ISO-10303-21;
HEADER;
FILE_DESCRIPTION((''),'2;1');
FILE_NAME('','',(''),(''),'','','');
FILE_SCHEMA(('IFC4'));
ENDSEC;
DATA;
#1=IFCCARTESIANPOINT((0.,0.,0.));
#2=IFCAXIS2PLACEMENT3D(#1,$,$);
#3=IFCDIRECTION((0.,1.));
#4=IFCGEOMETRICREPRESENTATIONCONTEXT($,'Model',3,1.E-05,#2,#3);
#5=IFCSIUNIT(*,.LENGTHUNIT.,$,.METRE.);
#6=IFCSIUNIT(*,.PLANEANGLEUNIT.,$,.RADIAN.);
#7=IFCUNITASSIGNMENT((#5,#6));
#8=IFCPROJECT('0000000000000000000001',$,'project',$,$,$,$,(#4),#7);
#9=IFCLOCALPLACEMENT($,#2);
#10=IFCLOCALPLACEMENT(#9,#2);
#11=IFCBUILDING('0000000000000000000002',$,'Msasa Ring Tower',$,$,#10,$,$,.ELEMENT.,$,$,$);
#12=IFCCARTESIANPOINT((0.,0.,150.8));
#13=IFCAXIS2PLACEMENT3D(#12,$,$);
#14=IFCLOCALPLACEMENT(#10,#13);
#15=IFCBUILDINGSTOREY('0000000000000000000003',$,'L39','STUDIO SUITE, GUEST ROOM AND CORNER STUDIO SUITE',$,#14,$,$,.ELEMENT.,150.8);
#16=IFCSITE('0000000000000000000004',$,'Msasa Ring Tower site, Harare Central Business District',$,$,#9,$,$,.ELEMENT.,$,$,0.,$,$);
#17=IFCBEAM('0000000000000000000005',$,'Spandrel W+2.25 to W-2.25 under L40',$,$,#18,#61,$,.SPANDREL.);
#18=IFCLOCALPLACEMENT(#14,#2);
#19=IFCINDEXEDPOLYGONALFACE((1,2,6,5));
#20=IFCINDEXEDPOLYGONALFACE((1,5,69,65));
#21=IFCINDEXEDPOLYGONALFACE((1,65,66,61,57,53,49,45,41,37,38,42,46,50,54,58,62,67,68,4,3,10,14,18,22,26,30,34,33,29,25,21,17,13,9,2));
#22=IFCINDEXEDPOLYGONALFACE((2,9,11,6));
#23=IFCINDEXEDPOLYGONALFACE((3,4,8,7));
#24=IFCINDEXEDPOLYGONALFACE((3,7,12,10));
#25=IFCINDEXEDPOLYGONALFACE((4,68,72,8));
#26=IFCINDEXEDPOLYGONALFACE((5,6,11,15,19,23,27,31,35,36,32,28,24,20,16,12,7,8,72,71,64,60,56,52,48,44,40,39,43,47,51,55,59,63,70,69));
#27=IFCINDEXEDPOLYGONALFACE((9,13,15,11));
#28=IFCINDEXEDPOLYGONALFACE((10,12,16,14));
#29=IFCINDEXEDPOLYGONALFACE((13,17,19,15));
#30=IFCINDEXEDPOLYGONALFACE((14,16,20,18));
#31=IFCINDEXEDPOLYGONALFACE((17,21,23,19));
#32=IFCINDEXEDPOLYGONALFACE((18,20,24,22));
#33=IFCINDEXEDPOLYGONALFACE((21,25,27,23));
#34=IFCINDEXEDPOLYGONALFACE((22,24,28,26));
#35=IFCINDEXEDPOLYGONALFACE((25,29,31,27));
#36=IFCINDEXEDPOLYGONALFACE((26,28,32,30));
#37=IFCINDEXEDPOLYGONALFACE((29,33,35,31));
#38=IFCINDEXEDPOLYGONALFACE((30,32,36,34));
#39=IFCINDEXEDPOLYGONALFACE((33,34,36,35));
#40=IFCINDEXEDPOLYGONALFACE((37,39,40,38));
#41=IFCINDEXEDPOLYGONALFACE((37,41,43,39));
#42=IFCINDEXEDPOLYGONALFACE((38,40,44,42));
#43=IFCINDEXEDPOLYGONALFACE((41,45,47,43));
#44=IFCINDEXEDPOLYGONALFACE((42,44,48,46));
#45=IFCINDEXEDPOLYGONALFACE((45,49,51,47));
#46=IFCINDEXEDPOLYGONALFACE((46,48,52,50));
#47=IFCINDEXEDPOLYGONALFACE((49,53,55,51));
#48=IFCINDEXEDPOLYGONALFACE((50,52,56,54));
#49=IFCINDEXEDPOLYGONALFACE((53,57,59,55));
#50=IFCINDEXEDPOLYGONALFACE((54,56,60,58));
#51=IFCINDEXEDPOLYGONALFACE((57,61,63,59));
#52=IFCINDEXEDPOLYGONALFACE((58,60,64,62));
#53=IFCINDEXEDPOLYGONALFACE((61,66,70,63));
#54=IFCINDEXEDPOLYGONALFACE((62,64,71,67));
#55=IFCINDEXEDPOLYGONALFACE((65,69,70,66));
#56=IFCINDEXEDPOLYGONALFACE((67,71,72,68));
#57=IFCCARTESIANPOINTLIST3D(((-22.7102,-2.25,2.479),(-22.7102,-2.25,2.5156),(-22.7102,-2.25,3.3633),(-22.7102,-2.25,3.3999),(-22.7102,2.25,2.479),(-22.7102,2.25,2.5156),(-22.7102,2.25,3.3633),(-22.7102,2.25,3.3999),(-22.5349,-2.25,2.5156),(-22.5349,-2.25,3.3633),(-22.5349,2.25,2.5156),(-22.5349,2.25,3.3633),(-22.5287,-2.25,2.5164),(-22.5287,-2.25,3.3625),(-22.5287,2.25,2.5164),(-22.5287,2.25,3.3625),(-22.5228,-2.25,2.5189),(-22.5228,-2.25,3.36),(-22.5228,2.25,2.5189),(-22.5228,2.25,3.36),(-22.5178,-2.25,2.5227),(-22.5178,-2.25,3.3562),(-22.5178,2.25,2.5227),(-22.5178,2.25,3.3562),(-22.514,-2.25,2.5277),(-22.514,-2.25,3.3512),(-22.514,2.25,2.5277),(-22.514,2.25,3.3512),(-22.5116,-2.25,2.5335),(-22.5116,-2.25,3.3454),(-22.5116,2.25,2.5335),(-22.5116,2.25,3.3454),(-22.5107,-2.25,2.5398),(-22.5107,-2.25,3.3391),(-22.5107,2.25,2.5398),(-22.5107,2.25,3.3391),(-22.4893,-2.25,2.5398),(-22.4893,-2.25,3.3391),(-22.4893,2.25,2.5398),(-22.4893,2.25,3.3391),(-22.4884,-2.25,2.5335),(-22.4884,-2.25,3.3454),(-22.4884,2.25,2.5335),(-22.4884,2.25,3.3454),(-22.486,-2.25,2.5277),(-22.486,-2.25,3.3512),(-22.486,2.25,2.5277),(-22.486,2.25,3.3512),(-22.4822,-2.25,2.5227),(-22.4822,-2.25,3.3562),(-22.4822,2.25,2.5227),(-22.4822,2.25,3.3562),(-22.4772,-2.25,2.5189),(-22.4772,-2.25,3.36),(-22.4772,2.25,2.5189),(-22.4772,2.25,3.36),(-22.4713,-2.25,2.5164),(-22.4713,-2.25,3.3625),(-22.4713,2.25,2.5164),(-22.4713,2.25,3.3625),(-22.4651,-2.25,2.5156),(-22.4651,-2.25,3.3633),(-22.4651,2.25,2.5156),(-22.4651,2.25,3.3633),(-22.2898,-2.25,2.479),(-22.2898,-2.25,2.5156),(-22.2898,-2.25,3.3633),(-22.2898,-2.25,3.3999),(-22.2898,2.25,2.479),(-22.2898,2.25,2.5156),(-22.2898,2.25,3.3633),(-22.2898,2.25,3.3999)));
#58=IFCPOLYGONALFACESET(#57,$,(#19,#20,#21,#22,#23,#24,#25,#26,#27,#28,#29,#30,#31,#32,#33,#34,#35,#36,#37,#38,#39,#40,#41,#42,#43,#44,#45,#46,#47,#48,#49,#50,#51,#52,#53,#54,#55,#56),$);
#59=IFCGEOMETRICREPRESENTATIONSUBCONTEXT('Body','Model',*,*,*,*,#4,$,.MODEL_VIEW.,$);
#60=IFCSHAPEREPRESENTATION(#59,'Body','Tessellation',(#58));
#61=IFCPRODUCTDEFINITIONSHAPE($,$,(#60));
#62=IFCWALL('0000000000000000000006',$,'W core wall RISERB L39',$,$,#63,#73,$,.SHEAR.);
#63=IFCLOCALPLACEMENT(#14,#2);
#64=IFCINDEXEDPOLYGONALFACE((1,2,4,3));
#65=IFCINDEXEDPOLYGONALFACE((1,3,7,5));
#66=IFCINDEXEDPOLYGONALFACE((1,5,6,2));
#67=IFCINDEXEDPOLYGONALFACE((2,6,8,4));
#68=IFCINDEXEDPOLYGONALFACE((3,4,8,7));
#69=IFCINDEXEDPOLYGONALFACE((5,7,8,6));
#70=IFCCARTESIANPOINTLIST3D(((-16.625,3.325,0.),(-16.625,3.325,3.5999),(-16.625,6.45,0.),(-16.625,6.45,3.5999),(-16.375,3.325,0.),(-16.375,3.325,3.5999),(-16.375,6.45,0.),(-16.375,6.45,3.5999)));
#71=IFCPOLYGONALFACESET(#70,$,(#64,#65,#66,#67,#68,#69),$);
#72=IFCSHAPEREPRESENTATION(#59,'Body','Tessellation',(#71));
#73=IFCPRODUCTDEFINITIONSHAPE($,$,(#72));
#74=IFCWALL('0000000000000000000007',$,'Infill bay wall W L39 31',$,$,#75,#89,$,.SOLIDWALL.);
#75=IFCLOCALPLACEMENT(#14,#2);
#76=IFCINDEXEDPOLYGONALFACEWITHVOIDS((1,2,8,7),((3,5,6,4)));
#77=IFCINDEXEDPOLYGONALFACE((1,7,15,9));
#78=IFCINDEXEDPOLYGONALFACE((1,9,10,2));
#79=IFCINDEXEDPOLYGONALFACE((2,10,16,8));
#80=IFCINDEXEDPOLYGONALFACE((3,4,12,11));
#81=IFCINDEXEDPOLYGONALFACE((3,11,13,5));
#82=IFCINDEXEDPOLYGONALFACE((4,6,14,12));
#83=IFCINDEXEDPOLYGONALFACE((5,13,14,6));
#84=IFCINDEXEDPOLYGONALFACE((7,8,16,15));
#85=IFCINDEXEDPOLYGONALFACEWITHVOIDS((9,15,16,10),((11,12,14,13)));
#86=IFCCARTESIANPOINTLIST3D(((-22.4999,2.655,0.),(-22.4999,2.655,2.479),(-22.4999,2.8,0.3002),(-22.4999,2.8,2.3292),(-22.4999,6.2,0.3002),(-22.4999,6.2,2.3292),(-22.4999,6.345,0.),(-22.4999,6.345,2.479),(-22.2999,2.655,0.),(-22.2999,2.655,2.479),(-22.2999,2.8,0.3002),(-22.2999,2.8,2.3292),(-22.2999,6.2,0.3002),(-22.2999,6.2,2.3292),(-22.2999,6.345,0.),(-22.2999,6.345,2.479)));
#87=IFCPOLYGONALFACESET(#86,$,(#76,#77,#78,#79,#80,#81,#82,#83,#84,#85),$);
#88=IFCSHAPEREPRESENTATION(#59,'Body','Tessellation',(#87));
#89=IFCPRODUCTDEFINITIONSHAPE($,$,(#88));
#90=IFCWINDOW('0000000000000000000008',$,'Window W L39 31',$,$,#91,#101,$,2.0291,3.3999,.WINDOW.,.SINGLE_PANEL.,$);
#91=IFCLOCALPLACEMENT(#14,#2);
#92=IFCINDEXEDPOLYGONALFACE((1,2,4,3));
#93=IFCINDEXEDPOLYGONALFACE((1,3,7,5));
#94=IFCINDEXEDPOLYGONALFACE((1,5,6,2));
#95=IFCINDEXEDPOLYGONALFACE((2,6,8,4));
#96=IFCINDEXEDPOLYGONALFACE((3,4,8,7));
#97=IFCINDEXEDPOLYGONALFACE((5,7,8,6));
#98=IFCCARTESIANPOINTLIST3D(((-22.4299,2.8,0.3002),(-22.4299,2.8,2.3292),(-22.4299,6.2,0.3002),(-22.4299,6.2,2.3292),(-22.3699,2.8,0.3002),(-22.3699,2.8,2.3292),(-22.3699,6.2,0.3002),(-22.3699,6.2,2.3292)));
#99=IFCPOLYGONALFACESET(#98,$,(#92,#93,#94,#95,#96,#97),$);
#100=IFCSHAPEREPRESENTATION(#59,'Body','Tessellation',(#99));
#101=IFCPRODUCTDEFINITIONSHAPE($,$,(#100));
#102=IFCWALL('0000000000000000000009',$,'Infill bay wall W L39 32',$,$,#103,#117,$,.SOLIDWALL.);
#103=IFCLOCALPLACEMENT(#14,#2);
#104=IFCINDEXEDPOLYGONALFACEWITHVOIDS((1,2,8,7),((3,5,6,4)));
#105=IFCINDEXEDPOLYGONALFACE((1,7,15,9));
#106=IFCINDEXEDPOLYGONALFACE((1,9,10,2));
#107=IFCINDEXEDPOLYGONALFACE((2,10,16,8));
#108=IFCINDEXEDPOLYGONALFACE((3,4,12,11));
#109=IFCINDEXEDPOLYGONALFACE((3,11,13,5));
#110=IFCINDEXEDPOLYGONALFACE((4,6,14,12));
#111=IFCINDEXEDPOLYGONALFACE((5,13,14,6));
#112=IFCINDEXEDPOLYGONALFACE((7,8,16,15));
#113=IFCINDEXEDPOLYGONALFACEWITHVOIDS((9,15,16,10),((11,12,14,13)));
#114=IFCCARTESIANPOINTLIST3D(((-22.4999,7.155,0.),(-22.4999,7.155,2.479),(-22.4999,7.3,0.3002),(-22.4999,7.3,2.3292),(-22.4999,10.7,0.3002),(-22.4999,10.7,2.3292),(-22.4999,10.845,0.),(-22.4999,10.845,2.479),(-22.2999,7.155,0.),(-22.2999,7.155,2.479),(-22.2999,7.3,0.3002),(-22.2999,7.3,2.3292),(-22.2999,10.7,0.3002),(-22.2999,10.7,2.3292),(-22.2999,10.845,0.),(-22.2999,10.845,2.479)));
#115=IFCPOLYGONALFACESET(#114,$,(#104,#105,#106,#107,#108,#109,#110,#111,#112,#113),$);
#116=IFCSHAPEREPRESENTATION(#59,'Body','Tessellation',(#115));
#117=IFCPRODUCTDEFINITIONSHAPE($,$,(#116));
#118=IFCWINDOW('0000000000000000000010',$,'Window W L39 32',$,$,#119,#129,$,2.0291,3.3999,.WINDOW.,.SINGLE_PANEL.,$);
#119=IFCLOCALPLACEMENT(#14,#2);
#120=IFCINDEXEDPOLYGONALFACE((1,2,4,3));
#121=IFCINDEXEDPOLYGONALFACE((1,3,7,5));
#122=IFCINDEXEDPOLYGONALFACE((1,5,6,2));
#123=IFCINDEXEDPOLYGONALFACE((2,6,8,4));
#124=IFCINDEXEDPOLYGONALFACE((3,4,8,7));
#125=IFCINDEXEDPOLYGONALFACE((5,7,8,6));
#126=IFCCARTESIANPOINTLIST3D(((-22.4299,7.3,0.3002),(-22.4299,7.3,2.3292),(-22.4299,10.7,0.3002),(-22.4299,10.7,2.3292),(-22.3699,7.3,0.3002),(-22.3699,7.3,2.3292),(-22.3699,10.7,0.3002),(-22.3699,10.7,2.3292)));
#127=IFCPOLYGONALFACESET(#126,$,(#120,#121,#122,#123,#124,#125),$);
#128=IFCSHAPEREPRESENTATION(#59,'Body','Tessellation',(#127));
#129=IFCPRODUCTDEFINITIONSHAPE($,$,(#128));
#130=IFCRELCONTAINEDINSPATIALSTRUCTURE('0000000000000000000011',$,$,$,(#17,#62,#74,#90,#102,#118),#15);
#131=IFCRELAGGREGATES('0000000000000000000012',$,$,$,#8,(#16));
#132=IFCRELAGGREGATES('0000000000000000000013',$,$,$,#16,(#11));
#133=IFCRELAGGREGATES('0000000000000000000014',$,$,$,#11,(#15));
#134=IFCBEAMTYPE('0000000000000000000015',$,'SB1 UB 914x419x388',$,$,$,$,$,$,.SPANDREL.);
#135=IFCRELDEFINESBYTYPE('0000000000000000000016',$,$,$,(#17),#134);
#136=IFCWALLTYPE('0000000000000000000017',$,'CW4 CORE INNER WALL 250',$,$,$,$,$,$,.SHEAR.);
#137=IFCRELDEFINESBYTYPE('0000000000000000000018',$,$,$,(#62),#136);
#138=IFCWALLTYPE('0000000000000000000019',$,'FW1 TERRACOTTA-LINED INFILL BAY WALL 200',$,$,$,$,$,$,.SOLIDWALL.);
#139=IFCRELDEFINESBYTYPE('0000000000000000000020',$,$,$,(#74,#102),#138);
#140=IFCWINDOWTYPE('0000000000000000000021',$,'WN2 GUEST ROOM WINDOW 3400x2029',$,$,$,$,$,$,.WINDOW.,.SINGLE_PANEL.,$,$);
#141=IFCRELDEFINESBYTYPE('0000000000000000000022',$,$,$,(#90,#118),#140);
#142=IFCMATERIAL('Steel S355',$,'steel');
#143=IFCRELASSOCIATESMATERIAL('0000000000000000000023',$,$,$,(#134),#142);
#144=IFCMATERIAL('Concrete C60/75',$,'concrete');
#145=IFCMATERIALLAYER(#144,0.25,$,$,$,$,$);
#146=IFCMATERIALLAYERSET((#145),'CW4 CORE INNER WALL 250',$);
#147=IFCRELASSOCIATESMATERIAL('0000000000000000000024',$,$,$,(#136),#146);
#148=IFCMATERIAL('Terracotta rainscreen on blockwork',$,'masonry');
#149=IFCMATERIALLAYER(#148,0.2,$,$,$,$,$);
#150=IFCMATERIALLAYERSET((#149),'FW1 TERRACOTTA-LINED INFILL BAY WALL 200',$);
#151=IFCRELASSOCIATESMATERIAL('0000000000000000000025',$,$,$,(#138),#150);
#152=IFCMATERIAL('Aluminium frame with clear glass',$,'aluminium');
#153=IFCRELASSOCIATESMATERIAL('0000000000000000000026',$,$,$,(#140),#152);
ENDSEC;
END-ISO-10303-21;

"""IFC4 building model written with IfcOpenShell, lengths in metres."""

from ifc_helpers import new_model, si_unit, direction, frame, frame_2d, origin, origin_2d, place, context, subcontext, project, spatial, rectangle, i_section, extrude, material, layer, layer_set, material_profile, profile_set, type_object, element, fill, save


model = new_model("IFC4")

# Units and contexts
model_context = context("Model", 3, precision=1e-05, world=origin(), true_north=direction((0.0, 1.0)))
body_context = subcontext(model_context, "Body", "Model", "MODEL_VIEW")
ifc_project = project(units=[si_unit("LENGTHUNIT", "METRE"), si_unit("PLANEANGLEUNIT", "RADIAN")], contexts=[model_context])

# Site, building, storey
site_placement = place(None, origin())
site = spatial("IfcSite", under=ifc_project, at=site_placement, Name="Msasa Ring Tower site, Harare Central Business District", CompositionType="ELEMENT", RefElevation=0.0)
building_placement = place(site_placement, origin())
building = spatial("IfcBuilding", under=site, at=building_placement, Name="Msasa Ring Tower", CompositionType="ELEMENT")
storey_placement = place(building_placement, frame((0.0, 0.0, 150.8)))
storey = spatial("IfcBuildingStorey", under=building, at=storey_placement, Name="L39", Description="STUDIO SUITE, GUEST ROOM AND CORNER STUDIO SUITE", CompositionType="ELEMENT", Elevation=150.8)

# Beam
ifc_material_1 = material(Name="Steel S355", Category="steel")
ifc_material_profile_1 = material_profile(ifc_material_1, i_section(OverallWidth=0.4204, OverallDepth=0.9209, WebThickness=0.0215, FlangeThickness=0.0366, FilletRadius=0.0242, at=origin_2d()), Name="UB 914x419x388")
ifc_profile_set_1 = profile_set([ifc_material_profile_1], Name="Steel S355")
beam_type_1 = type_object("IfcBeamType", Name="SB1 UB 914x419x388", PredefinedType="SPANDREL", material=ifc_profile_set_1)
for number, where, z_axis, x_axis, name in (
    (1, (-22.5, 2.25, 2.9395), (0.0, -1.0, 0.0), (1.0, 0.0, 0.0), "Spandrel W+2.25 to W-2.25 under L40"),
):
    element("IfcBeam", number, at=place(storey_placement, frame(where, z_axis=z_axis, x_axis=x_axis)), inside=storey, type_object=beam_type_1, Name=name, PredefinedType="SPANDREL", context=body_context, shape_type="SweptSolid", body=[
        extrude(i_section(OverallWidth=0.4204, OverallDepth=0.9209, WebThickness=0.0215, FlangeThickness=0.0366, FilletRadius=0.0242, at=origin_2d()), origin(), (0.0, 0.0, 1.0), 4.5),
    ])

# Wall
ifc_material_2 = material(Name="Concrete C60/75", Category="concrete")
ifc_layer_1 = layer(ifc_material_2, 0.25)
ifc_layer_set_1 = layer_set([ifc_layer_1], Name="CW4 CORE INNER WALL 250")
wall_type_1 = type_object("IfcWallType", Name="CW4 CORE INNER WALL 250", PredefinedType="SHEAR", material=ifc_layer_set_1)
wall_1_placement = place(storey_placement, frame((-16.5, 3.325, 0.0), z_axis=(0.0, 0.0, 1.0), x_axis=(0.0, 1.0, 0.0)))
element("IfcWall", 2, at=wall_1_placement, inside=storey, type_object=wall_type_1, Name="W core wall RISERB L39", PredefinedType="SHEAR", context=body_context, shape_type="SweptSolid", body=[
    extrude(rectangle(XDim=3.125, YDim=0.25, at=frame_2d((1.5625, 0.0))), origin(), (0.0, 0.0, 1.0), 3.5999),
])

# Walls, openings, windows
ifc_material_3 = material(Name="Terracotta rainscreen on blockwork", Category="masonry")
ifc_layer_2 = layer(ifc_material_3, 0.2)
ifc_layer_set_2 = layer_set([ifc_layer_2], Name="FW1 TERRACOTTA-LINED INFILL BAY WALL 200")
wall_type_2 = type_object("IfcWallType", Name="FW1 TERRACOTTA-LINED INFILL BAY WALL 200", PredefinedType="SOLIDWALL", material=ifc_layer_set_2)
wall_2_placement = place(storey_placement, frame((-22.3999, 2.655, 0.0), z_axis=(0.0, 0.0, 1.0), x_axis=(0.0, 1.0, 0.0)))
wall_2 = element("IfcWall", 3, at=wall_2_placement, inside=storey, type_object=wall_type_2, Name="Infill bay wall W L39 31", PredefinedType="SOLIDWALL", context=body_context, shape_type="SweptSolid", body=[
    extrude(rectangle(XDim=3.6899, YDim=0.2, at=frame_2d((1.845, 0.0))), origin(), (0.0, 0.0, 1.0), 2.479),
])
opening_1_placement = place(wall_2_placement, frame((0.145, 0.0, 0.3)))
opening_1 = element("IfcOpeningElement", 4, at=opening_1_placement, cuts=wall_2, PredefinedType="OPENING", context=body_context, shape_type="SweptSolid", body=[
    extrude(rectangle(XDim=3.3999, YDim=2.0291, at=frame_2d((1.7, 1.0146))), frame((0.0, 0.1099, 0.0), z_axis=(0.0, -1.0, 0.0), x_axis=(1.0, 0.0, 0.0)), (0.0, 0.0, 1.0), 0.22),
])
ifc_material_4 = material(Name="Aluminium frame with clear glass", Category="aluminium")
window_type = type_object("IfcWindowType", Name="WN2 GUEST ROOM WINDOW 3400x2029", PartitioningType="SINGLE_PANEL", PredefinedType="WINDOW", material=ifc_material_4)
window_1_placement = place(opening_1_placement, origin())
window_1 = element("IfcWindow", 5, at=window_1_placement, inside=storey, type_object=window_type, Name="Window W L39 31", OverallHeight=2.0291, OverallWidth=3.3999, PartitioningType="SINGLE_PANEL", PredefinedType="WINDOW", context=body_context, shape_type="SweptSolid", body=[
    extrude(rectangle(XDim=3.3999, YDim=2.0291, at=frame_2d((1.7, 1.0146))), frame((0.0, 0.03, 0.0), z_axis=(0.0, -1.0, 0.0), x_axis=(1.0, 0.0, 0.0)), (0.0, 0.0, 1.0), 0.0601),
])
fill(opening_1, window_1)
wall_3_placement = place(storey_placement, frame((-22.3999, 7.155, 0.0), z_axis=(0.0, 0.0, 1.0), x_axis=(0.0, 1.0, 0.0)))
wall_3 = element("IfcWall", 6, at=wall_3_placement, inside=storey, type_object=wall_type_2, Name="Infill bay wall W L39 32", PredefinedType="SOLIDWALL", context=body_context, shape_type="SweptSolid", body=[
    extrude(rectangle(XDim=3.6899, YDim=0.2, at=frame_2d((1.845, 0.0))), origin(), (0.0, 0.0, 1.0), 2.479),
])
opening_2_placement = place(wall_3_placement, frame((0.145, 0.0, 0.3)))
opening_2 = element("IfcOpeningElement", 7, at=opening_2_placement, cuts=wall_3, PredefinedType="OPENING", context=body_context, shape_type="SweptSolid", body=[
    extrude(rectangle(XDim=3.3999, YDim=2.0291, at=frame_2d((1.7, 1.0146))), frame((0.0, 0.1099, 0.0), z_axis=(0.0, -1.0, 0.0), x_axis=(1.0, 0.0, 0.0)), (0.0, 0.0, 1.0), 0.22),
])
window_2_placement = place(opening_2_placement, origin())
window_2 = element("IfcWindow", 8, at=window_2_placement, inside=storey, type_object=window_type, Name="Window W L39 32", OverallHeight=2.0291, OverallWidth=3.3999, PartitioningType="SINGLE_PANEL", PredefinedType="WINDOW", context=body_context, shape_type="SweptSolid", body=[
    extrude(rectangle(XDim=3.3999, YDim=2.0291, at=frame_2d((1.7, 1.0146))), frame((0.0, 0.03, 0.0), z_axis=(0.0, -1.0, 0.0), x_axis=(1.0, 0.0, 0.0)), (0.0, 0.0, 1.0), 0.0601),
])
fill(opening_2, window_2)

save(model, "model.ifc")
